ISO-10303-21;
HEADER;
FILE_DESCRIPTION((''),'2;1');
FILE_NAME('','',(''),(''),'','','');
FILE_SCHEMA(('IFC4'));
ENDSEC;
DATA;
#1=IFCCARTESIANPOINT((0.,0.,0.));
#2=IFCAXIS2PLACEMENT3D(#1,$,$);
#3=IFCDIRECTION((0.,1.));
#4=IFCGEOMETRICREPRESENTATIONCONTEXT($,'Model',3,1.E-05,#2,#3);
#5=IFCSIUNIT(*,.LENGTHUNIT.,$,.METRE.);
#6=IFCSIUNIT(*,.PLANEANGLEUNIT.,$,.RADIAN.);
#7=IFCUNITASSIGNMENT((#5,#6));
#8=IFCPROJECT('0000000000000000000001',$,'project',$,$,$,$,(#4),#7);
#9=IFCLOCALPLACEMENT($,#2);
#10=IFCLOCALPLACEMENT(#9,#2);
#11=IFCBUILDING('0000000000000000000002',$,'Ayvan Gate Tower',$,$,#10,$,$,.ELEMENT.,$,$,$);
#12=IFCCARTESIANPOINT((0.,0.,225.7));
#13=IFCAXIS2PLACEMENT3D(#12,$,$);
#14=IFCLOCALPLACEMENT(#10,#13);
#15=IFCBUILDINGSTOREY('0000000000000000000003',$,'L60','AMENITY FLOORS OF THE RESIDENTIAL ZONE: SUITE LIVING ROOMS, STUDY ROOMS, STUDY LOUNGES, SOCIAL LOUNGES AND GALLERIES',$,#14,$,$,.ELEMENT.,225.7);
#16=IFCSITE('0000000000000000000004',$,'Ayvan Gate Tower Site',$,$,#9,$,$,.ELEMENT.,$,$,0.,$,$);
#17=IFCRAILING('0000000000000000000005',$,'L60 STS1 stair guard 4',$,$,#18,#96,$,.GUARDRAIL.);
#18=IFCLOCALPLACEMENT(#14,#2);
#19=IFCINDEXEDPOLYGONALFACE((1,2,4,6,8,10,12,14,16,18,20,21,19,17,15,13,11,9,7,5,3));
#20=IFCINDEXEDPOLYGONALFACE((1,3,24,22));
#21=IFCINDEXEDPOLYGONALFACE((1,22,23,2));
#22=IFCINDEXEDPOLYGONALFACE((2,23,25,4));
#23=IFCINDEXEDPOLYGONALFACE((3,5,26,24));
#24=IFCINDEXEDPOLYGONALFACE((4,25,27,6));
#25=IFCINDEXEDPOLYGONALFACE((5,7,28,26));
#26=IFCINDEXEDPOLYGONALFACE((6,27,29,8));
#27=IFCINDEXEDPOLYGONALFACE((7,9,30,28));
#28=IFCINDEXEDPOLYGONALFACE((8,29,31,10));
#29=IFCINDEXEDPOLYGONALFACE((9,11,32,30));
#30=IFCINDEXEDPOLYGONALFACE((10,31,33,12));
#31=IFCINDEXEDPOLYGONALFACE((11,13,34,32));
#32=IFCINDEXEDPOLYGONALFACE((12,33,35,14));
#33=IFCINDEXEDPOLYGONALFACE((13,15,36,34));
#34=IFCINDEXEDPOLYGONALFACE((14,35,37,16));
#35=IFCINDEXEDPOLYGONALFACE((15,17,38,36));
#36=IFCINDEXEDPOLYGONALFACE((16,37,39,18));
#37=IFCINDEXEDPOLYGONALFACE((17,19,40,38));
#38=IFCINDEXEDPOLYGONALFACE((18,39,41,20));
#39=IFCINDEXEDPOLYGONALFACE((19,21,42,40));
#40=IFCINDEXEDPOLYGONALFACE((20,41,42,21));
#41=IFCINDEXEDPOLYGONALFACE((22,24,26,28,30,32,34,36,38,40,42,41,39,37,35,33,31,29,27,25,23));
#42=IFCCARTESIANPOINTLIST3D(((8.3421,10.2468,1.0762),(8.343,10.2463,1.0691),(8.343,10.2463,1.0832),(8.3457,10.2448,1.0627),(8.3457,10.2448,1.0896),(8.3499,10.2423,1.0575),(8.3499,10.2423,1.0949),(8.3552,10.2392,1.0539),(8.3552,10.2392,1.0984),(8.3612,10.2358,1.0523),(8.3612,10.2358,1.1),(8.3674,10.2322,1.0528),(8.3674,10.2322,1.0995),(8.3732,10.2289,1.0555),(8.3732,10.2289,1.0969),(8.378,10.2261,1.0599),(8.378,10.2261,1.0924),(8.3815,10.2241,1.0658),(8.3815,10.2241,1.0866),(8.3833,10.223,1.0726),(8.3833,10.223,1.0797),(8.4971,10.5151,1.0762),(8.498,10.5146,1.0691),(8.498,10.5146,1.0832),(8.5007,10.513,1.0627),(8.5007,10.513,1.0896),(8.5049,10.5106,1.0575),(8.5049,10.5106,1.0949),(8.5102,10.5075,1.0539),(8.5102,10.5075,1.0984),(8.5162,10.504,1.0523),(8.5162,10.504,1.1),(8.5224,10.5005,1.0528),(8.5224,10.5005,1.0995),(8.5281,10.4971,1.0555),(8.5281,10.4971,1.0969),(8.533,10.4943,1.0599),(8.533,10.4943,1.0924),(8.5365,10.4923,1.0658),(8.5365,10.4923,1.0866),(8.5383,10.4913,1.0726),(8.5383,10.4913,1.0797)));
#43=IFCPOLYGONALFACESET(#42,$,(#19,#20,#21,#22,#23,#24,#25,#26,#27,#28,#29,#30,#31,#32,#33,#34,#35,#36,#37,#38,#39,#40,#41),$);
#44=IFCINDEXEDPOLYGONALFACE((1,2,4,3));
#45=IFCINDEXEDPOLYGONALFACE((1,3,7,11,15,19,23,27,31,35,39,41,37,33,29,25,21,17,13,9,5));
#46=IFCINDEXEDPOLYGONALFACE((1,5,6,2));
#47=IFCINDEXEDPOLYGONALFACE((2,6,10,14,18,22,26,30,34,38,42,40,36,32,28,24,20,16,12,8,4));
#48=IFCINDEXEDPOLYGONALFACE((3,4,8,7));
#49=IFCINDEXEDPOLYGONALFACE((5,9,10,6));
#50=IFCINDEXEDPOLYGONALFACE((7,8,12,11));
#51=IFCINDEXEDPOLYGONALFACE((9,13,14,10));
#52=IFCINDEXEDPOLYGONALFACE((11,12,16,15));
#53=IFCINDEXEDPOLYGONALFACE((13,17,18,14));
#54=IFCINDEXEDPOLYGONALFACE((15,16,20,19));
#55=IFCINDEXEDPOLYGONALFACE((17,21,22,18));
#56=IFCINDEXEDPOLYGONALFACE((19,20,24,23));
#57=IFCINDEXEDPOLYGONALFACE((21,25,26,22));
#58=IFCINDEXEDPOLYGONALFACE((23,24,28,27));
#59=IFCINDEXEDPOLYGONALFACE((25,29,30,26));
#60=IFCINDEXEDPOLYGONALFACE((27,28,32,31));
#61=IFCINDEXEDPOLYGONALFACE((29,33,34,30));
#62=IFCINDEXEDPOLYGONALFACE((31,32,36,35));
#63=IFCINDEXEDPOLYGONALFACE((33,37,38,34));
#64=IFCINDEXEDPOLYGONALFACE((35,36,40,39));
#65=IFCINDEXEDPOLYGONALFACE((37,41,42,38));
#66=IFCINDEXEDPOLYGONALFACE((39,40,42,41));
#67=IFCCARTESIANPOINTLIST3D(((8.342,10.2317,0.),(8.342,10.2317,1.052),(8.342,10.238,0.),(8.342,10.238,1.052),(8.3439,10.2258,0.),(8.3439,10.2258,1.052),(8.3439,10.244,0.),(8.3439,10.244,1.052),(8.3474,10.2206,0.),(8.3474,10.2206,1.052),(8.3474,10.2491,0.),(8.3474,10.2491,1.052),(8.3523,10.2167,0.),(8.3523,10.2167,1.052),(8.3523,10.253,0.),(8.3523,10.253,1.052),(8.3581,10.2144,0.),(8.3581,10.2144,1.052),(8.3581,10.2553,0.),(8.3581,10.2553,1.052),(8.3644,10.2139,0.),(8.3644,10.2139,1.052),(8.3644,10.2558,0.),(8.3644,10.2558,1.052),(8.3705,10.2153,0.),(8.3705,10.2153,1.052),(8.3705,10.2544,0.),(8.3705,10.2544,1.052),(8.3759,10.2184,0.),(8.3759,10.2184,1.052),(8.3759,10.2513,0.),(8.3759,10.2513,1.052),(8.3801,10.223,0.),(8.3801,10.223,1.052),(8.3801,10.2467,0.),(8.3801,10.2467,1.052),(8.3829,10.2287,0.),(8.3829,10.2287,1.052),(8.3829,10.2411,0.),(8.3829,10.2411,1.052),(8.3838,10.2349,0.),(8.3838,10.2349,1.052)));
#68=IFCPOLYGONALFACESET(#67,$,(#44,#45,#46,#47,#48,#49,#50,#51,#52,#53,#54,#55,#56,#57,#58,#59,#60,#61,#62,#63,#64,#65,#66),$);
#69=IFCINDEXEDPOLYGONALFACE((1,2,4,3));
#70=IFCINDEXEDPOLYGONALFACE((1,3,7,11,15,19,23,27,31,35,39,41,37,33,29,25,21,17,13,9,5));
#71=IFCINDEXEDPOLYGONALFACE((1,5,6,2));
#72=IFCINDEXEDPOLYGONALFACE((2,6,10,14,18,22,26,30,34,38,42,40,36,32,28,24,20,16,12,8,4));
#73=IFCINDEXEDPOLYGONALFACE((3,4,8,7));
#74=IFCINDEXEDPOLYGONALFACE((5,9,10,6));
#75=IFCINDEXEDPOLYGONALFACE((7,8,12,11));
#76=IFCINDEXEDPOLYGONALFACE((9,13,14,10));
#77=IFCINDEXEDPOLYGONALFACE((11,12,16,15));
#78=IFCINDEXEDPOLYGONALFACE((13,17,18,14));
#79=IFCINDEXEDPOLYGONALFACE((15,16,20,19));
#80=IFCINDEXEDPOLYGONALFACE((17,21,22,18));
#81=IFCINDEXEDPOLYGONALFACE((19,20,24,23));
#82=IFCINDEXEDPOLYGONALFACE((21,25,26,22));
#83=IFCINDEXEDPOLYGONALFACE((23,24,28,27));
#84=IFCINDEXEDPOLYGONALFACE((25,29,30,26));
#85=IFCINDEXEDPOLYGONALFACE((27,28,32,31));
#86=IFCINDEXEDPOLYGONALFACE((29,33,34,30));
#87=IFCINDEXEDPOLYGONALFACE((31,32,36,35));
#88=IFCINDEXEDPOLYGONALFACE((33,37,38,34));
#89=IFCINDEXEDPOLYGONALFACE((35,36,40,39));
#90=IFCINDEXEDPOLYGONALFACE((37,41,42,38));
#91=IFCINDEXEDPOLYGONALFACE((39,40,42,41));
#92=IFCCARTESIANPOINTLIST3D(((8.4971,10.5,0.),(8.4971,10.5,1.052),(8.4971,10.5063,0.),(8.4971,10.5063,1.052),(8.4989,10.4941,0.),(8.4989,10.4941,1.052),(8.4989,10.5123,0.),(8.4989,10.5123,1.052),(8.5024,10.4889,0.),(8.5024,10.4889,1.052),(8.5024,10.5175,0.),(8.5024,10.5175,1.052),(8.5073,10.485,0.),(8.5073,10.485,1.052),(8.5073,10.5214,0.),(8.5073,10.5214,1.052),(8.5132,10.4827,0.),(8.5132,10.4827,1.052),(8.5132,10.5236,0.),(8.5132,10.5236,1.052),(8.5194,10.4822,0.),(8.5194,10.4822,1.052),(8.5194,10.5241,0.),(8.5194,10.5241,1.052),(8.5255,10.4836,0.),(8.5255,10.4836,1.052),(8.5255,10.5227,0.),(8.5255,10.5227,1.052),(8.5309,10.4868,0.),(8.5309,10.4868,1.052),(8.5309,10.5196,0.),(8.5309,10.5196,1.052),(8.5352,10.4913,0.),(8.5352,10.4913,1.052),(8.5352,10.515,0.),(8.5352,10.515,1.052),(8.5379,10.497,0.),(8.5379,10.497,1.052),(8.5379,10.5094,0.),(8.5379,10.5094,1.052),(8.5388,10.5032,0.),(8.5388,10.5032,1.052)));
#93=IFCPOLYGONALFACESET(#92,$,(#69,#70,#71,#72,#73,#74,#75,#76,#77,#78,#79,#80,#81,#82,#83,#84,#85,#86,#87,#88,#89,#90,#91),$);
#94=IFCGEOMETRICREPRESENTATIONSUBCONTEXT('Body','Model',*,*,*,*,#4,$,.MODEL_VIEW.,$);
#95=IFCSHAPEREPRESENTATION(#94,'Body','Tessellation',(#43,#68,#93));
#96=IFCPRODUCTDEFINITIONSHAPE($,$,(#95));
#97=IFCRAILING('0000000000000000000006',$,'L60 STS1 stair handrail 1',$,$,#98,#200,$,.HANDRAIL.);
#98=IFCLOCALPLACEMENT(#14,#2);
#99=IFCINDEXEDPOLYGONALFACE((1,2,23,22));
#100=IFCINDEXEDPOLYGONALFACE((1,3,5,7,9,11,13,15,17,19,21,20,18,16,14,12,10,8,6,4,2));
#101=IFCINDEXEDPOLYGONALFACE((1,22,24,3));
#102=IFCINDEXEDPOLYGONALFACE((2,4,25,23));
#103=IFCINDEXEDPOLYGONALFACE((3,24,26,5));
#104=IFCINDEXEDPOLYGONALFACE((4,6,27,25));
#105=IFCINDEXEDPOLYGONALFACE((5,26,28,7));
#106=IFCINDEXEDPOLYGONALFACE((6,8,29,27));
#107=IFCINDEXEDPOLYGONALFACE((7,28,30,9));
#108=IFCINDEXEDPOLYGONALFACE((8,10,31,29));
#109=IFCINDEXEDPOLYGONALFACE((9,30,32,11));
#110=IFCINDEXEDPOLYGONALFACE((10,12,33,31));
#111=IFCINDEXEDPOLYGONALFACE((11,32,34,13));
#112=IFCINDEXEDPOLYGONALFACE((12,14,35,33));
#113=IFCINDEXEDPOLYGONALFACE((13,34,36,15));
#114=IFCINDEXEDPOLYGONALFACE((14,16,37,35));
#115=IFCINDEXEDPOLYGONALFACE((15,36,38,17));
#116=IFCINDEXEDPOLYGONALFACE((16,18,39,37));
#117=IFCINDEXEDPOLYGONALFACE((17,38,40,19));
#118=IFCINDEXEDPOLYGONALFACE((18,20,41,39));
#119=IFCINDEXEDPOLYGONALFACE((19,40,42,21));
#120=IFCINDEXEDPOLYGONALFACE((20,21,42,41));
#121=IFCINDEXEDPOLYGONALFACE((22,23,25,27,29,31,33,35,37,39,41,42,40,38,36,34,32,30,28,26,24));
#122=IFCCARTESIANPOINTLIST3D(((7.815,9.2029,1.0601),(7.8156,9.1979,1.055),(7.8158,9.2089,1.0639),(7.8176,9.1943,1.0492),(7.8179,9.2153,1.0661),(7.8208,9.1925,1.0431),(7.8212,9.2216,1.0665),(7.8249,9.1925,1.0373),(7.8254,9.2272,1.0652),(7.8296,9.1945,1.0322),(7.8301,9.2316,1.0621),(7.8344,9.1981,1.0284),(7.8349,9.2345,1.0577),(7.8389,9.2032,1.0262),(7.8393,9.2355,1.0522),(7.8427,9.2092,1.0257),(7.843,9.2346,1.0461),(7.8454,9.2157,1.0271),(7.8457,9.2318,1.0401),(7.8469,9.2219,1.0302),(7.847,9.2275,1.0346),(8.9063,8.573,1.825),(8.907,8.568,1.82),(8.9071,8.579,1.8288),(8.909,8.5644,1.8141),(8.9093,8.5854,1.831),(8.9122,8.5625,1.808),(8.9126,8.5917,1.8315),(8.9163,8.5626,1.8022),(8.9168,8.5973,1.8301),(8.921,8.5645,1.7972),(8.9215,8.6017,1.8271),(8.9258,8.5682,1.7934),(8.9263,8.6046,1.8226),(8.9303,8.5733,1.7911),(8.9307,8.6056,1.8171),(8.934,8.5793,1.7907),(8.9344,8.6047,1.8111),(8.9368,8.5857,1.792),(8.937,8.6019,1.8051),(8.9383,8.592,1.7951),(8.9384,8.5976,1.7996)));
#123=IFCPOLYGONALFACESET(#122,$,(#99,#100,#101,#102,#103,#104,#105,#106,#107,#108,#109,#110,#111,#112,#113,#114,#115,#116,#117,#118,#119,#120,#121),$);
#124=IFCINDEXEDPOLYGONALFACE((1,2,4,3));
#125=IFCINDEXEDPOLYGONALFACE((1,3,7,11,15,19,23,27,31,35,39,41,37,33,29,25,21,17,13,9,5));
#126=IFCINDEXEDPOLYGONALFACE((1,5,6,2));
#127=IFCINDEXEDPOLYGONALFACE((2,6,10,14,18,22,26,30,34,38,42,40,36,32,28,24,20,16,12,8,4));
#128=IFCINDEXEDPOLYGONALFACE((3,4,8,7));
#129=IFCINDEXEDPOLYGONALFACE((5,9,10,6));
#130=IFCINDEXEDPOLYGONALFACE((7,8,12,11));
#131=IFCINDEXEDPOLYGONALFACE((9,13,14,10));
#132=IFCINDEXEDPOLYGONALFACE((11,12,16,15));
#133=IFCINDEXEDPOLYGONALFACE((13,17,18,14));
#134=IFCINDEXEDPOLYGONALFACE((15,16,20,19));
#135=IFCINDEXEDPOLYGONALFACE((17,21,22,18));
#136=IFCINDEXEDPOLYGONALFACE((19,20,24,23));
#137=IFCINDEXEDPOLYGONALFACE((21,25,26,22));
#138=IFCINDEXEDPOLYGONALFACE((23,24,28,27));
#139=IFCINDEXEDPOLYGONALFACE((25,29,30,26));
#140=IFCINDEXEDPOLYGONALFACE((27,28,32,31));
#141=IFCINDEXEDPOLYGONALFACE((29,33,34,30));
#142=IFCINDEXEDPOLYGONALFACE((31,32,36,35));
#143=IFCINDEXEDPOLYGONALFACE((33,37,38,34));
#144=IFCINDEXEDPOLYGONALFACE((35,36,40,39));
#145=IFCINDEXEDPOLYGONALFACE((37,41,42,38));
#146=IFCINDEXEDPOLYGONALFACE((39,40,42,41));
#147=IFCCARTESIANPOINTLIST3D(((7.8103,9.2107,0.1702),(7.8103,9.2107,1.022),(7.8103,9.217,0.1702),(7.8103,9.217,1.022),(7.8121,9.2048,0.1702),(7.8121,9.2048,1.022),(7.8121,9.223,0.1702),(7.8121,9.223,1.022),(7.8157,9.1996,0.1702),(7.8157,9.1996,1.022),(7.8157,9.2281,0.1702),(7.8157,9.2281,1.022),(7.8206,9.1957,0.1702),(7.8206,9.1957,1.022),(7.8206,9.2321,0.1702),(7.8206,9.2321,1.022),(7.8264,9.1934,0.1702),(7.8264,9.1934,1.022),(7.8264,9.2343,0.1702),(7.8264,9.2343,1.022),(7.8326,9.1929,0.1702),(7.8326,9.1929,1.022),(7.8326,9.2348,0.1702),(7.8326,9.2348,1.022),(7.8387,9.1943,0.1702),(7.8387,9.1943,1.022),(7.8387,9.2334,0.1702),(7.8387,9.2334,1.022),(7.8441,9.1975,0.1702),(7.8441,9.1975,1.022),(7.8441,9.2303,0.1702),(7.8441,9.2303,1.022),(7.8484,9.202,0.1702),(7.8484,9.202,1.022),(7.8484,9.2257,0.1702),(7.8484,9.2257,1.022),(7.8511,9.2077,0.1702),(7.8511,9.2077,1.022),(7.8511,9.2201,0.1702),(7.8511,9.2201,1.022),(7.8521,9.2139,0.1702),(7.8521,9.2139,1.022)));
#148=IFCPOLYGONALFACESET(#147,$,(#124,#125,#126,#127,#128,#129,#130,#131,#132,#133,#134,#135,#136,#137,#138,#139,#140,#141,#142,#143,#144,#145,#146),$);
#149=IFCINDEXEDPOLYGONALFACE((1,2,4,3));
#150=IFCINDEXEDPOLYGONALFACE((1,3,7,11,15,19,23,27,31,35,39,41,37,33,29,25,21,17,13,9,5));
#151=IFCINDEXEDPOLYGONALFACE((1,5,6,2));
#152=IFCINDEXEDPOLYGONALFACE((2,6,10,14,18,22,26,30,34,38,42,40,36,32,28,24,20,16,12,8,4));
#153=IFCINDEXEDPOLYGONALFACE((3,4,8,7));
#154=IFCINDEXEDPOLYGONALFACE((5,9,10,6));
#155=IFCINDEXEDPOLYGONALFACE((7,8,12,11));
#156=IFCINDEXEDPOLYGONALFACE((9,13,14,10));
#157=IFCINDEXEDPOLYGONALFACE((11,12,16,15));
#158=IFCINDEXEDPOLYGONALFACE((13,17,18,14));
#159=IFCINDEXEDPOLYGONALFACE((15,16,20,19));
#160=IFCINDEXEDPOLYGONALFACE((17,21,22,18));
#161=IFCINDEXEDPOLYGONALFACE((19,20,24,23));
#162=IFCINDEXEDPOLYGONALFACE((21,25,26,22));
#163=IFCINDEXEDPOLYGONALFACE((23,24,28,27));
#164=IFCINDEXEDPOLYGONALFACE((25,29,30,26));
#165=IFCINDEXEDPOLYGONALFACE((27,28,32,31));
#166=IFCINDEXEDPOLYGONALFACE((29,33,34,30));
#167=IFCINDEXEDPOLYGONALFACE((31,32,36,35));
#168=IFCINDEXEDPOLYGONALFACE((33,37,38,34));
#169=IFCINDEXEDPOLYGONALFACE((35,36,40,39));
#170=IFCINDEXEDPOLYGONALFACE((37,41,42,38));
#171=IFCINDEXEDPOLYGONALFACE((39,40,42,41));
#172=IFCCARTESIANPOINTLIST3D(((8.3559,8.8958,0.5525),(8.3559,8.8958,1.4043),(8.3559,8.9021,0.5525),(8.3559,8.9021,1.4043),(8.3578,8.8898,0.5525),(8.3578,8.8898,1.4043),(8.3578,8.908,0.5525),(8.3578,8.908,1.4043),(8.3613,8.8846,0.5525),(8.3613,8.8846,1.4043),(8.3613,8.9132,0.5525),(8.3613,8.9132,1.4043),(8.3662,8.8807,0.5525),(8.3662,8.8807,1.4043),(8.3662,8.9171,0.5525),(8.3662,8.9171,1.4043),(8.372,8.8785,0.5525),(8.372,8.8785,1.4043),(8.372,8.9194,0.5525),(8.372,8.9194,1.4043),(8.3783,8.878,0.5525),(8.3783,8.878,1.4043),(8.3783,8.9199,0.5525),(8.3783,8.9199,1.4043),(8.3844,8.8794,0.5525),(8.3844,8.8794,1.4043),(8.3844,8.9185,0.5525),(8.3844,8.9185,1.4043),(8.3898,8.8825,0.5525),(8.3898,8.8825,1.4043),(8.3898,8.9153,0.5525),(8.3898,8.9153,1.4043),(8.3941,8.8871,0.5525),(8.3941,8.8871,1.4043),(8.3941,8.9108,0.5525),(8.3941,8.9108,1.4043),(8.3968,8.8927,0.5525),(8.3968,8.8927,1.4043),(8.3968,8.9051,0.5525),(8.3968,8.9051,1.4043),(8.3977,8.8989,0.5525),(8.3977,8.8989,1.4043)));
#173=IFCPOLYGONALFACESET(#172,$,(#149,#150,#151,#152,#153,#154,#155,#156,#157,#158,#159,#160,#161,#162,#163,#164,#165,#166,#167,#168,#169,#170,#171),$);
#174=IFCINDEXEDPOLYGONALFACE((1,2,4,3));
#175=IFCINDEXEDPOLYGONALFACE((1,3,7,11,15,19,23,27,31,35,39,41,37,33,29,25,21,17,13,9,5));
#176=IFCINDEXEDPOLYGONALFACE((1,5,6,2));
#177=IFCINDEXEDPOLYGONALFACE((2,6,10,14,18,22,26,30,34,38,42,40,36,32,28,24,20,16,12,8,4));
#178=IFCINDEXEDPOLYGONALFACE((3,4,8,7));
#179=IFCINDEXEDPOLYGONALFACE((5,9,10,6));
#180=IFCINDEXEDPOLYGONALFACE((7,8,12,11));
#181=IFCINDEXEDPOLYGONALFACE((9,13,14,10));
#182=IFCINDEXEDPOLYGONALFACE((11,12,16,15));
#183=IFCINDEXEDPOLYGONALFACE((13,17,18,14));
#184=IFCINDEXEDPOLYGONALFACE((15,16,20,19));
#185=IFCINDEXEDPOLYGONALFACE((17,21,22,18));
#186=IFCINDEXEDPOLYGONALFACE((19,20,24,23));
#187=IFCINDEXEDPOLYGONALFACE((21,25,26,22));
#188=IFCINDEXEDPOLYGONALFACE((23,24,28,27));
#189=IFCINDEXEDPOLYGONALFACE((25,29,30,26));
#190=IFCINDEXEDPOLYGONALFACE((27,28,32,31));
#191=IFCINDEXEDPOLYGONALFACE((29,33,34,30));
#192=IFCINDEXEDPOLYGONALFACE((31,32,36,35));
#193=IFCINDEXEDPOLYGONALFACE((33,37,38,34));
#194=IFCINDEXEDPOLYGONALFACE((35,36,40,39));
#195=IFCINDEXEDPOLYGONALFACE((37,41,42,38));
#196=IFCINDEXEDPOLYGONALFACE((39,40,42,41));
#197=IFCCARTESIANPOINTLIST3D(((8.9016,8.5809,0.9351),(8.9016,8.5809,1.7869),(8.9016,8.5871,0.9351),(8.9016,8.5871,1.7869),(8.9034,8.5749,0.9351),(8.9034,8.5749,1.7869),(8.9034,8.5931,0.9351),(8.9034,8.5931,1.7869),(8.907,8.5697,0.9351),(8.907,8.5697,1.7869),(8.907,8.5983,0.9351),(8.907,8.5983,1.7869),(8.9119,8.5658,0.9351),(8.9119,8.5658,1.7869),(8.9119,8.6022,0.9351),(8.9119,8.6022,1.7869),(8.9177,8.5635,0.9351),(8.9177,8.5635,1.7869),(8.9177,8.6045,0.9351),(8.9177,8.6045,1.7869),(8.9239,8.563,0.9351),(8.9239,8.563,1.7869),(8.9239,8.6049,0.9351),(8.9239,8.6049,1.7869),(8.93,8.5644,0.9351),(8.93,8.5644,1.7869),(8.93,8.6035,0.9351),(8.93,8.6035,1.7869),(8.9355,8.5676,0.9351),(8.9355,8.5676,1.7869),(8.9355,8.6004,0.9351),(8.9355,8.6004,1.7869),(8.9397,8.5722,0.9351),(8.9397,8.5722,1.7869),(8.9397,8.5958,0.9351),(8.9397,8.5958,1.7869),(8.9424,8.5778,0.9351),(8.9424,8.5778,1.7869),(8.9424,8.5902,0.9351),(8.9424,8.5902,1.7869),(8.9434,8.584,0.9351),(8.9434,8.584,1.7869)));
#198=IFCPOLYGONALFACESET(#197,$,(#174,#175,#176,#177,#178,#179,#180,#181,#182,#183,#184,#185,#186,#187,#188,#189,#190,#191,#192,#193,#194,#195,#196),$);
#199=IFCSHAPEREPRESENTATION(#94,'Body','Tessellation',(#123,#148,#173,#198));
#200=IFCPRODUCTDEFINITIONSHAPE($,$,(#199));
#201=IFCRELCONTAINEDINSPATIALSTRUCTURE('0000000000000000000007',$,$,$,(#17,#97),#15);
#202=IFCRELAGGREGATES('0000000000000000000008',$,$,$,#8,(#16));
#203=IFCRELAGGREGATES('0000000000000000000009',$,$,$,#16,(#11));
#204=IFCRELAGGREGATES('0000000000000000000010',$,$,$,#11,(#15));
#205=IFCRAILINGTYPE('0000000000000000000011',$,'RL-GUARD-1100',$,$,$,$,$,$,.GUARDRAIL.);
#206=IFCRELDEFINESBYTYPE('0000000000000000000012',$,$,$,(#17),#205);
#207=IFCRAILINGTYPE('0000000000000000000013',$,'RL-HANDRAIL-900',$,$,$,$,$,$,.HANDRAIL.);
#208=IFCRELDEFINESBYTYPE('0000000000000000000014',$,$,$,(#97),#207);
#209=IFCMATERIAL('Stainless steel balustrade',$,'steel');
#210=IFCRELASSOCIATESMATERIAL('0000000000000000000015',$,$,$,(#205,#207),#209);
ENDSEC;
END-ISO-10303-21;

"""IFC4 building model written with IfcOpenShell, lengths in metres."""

from ifc_helpers import new_model, si_unit, direction, frame, origin, origin_2d, place, context, subcontext, project, spatial, circle, extrude, material, type_object, element, save


model = new_model("IFC4")

# Units and contexts
model_context = context("Model", 3, precision=1e-05, world=origin(), true_north=direction((0.0, 1.0)))
body_context = subcontext(model_context, "Body", "Model", "MODEL_VIEW")
ifc_project = project(units=[si_unit("LENGTHUNIT", "METRE"), si_unit("PLANEANGLEUNIT", "RADIAN")], contexts=[model_context])

# Site, building, storey
site_placement = place(None, origin())
site = spatial("IfcSite", under=ifc_project, at=site_placement, Name="Ayvan Gate Tower Site", CompositionType="ELEMENT", RefElevation=0.0)
building_placement = place(site_placement, origin())
building = spatial("IfcBuilding", under=site, at=building_placement, Name="Ayvan Gate Tower", CompositionType="ELEMENT")
storey_placement = place(building_placement, frame((0.0, 0.0, 225.7)))
storey = spatial("IfcBuildingStorey", under=building, at=storey_placement, Name="L60", Description="AMENITY FLOORS OF THE RESIDENTIAL ZONE: SUITE LIVING ROOMS, STUDY ROOMS, STUDY LOUNGES, SOCIAL LOUNGES AND GALLERIES", CompositionType="ELEMENT", Elevation=225.7)

# Railings
ifc_material_1 = material(Name="Stainless steel balustrade", Category="steel")
railing_type_1 = type_object("IfcRailingType", Name="RL-GUARD-1100", PredefinedType="GUARDRAIL", material=ifc_material_1)
railing_1_placement = place(storey_placement, frame((8.3628, 10.2349, 0.0)))
element("IfcRailing", 1, at=railing_1_placement, inside=storey, type_object=railing_type_1, Name="L60 STS1 stair guard 4", PredefinedType="GUARDRAIL", context=body_context, shape_type="SweptSolid", body=[
    extrude(circle(Radius=0.0239, at=origin_2d()), frame((0.0, 0.0, 1.0762), z_axis=(0.500291, 0.865857, 0.0), x_axis=(-0.865857, 0.500291, 0.0)), (0.0, 0.0, 1.0), 0.3098),
    extrude(circle(Radius=0.021, at=origin_2d()), origin(), (0.0, 0.0, 1.0), 1.052),
    extrude(circle(Radius=0.021, at=origin_2d()), frame((0.155, 0.2683, 0.0)), (0.0, 0.0, 1.0), 1.052),
])
railing_type_2 = type_object("IfcRailingType", Name="RL-HANDRAIL-900", PredefinedType="HANDRAIL", material=ifc_material_1)
railing_2_placement = place(storey_placement, frame((7.8311, 9.2139, 0.1702)))
element("IfcRailing", 2, at=railing_2_placement, inside=storey, type_object=railing_type_2, Name="L60 STS1 stair handrail 1", PredefinedType="HANDRAIL", context=body_context, shape_type="SweptSolid", body=[
    extrude(circle(Radius=0.0239, at=origin_2d()), frame((0.0, 0.0, 0.876), z_axis=(0.740357, -0.42732, 0.518912), x_axis=(0.49989, 0.866089, 0.0)), (0.0, 0.0, 1.0), 1.4741),
    extrude(circle(Radius=0.021, at=origin_2d()), origin(), (0.0, 0.0, 1.0), 0.8518),
    extrude(circle(Radius=0.021, at=origin_2d()), frame((0.5457, -0.3149, 0.3823)), (0.0, 0.0, 1.0), 0.8518),
    extrude(circle(Radius=0.021, at=origin_2d()), frame((1.0913, -0.6299, 0.7649)), (0.0, 0.0, 1.0), 0.8518),
])

save(model, "model.ifc")
